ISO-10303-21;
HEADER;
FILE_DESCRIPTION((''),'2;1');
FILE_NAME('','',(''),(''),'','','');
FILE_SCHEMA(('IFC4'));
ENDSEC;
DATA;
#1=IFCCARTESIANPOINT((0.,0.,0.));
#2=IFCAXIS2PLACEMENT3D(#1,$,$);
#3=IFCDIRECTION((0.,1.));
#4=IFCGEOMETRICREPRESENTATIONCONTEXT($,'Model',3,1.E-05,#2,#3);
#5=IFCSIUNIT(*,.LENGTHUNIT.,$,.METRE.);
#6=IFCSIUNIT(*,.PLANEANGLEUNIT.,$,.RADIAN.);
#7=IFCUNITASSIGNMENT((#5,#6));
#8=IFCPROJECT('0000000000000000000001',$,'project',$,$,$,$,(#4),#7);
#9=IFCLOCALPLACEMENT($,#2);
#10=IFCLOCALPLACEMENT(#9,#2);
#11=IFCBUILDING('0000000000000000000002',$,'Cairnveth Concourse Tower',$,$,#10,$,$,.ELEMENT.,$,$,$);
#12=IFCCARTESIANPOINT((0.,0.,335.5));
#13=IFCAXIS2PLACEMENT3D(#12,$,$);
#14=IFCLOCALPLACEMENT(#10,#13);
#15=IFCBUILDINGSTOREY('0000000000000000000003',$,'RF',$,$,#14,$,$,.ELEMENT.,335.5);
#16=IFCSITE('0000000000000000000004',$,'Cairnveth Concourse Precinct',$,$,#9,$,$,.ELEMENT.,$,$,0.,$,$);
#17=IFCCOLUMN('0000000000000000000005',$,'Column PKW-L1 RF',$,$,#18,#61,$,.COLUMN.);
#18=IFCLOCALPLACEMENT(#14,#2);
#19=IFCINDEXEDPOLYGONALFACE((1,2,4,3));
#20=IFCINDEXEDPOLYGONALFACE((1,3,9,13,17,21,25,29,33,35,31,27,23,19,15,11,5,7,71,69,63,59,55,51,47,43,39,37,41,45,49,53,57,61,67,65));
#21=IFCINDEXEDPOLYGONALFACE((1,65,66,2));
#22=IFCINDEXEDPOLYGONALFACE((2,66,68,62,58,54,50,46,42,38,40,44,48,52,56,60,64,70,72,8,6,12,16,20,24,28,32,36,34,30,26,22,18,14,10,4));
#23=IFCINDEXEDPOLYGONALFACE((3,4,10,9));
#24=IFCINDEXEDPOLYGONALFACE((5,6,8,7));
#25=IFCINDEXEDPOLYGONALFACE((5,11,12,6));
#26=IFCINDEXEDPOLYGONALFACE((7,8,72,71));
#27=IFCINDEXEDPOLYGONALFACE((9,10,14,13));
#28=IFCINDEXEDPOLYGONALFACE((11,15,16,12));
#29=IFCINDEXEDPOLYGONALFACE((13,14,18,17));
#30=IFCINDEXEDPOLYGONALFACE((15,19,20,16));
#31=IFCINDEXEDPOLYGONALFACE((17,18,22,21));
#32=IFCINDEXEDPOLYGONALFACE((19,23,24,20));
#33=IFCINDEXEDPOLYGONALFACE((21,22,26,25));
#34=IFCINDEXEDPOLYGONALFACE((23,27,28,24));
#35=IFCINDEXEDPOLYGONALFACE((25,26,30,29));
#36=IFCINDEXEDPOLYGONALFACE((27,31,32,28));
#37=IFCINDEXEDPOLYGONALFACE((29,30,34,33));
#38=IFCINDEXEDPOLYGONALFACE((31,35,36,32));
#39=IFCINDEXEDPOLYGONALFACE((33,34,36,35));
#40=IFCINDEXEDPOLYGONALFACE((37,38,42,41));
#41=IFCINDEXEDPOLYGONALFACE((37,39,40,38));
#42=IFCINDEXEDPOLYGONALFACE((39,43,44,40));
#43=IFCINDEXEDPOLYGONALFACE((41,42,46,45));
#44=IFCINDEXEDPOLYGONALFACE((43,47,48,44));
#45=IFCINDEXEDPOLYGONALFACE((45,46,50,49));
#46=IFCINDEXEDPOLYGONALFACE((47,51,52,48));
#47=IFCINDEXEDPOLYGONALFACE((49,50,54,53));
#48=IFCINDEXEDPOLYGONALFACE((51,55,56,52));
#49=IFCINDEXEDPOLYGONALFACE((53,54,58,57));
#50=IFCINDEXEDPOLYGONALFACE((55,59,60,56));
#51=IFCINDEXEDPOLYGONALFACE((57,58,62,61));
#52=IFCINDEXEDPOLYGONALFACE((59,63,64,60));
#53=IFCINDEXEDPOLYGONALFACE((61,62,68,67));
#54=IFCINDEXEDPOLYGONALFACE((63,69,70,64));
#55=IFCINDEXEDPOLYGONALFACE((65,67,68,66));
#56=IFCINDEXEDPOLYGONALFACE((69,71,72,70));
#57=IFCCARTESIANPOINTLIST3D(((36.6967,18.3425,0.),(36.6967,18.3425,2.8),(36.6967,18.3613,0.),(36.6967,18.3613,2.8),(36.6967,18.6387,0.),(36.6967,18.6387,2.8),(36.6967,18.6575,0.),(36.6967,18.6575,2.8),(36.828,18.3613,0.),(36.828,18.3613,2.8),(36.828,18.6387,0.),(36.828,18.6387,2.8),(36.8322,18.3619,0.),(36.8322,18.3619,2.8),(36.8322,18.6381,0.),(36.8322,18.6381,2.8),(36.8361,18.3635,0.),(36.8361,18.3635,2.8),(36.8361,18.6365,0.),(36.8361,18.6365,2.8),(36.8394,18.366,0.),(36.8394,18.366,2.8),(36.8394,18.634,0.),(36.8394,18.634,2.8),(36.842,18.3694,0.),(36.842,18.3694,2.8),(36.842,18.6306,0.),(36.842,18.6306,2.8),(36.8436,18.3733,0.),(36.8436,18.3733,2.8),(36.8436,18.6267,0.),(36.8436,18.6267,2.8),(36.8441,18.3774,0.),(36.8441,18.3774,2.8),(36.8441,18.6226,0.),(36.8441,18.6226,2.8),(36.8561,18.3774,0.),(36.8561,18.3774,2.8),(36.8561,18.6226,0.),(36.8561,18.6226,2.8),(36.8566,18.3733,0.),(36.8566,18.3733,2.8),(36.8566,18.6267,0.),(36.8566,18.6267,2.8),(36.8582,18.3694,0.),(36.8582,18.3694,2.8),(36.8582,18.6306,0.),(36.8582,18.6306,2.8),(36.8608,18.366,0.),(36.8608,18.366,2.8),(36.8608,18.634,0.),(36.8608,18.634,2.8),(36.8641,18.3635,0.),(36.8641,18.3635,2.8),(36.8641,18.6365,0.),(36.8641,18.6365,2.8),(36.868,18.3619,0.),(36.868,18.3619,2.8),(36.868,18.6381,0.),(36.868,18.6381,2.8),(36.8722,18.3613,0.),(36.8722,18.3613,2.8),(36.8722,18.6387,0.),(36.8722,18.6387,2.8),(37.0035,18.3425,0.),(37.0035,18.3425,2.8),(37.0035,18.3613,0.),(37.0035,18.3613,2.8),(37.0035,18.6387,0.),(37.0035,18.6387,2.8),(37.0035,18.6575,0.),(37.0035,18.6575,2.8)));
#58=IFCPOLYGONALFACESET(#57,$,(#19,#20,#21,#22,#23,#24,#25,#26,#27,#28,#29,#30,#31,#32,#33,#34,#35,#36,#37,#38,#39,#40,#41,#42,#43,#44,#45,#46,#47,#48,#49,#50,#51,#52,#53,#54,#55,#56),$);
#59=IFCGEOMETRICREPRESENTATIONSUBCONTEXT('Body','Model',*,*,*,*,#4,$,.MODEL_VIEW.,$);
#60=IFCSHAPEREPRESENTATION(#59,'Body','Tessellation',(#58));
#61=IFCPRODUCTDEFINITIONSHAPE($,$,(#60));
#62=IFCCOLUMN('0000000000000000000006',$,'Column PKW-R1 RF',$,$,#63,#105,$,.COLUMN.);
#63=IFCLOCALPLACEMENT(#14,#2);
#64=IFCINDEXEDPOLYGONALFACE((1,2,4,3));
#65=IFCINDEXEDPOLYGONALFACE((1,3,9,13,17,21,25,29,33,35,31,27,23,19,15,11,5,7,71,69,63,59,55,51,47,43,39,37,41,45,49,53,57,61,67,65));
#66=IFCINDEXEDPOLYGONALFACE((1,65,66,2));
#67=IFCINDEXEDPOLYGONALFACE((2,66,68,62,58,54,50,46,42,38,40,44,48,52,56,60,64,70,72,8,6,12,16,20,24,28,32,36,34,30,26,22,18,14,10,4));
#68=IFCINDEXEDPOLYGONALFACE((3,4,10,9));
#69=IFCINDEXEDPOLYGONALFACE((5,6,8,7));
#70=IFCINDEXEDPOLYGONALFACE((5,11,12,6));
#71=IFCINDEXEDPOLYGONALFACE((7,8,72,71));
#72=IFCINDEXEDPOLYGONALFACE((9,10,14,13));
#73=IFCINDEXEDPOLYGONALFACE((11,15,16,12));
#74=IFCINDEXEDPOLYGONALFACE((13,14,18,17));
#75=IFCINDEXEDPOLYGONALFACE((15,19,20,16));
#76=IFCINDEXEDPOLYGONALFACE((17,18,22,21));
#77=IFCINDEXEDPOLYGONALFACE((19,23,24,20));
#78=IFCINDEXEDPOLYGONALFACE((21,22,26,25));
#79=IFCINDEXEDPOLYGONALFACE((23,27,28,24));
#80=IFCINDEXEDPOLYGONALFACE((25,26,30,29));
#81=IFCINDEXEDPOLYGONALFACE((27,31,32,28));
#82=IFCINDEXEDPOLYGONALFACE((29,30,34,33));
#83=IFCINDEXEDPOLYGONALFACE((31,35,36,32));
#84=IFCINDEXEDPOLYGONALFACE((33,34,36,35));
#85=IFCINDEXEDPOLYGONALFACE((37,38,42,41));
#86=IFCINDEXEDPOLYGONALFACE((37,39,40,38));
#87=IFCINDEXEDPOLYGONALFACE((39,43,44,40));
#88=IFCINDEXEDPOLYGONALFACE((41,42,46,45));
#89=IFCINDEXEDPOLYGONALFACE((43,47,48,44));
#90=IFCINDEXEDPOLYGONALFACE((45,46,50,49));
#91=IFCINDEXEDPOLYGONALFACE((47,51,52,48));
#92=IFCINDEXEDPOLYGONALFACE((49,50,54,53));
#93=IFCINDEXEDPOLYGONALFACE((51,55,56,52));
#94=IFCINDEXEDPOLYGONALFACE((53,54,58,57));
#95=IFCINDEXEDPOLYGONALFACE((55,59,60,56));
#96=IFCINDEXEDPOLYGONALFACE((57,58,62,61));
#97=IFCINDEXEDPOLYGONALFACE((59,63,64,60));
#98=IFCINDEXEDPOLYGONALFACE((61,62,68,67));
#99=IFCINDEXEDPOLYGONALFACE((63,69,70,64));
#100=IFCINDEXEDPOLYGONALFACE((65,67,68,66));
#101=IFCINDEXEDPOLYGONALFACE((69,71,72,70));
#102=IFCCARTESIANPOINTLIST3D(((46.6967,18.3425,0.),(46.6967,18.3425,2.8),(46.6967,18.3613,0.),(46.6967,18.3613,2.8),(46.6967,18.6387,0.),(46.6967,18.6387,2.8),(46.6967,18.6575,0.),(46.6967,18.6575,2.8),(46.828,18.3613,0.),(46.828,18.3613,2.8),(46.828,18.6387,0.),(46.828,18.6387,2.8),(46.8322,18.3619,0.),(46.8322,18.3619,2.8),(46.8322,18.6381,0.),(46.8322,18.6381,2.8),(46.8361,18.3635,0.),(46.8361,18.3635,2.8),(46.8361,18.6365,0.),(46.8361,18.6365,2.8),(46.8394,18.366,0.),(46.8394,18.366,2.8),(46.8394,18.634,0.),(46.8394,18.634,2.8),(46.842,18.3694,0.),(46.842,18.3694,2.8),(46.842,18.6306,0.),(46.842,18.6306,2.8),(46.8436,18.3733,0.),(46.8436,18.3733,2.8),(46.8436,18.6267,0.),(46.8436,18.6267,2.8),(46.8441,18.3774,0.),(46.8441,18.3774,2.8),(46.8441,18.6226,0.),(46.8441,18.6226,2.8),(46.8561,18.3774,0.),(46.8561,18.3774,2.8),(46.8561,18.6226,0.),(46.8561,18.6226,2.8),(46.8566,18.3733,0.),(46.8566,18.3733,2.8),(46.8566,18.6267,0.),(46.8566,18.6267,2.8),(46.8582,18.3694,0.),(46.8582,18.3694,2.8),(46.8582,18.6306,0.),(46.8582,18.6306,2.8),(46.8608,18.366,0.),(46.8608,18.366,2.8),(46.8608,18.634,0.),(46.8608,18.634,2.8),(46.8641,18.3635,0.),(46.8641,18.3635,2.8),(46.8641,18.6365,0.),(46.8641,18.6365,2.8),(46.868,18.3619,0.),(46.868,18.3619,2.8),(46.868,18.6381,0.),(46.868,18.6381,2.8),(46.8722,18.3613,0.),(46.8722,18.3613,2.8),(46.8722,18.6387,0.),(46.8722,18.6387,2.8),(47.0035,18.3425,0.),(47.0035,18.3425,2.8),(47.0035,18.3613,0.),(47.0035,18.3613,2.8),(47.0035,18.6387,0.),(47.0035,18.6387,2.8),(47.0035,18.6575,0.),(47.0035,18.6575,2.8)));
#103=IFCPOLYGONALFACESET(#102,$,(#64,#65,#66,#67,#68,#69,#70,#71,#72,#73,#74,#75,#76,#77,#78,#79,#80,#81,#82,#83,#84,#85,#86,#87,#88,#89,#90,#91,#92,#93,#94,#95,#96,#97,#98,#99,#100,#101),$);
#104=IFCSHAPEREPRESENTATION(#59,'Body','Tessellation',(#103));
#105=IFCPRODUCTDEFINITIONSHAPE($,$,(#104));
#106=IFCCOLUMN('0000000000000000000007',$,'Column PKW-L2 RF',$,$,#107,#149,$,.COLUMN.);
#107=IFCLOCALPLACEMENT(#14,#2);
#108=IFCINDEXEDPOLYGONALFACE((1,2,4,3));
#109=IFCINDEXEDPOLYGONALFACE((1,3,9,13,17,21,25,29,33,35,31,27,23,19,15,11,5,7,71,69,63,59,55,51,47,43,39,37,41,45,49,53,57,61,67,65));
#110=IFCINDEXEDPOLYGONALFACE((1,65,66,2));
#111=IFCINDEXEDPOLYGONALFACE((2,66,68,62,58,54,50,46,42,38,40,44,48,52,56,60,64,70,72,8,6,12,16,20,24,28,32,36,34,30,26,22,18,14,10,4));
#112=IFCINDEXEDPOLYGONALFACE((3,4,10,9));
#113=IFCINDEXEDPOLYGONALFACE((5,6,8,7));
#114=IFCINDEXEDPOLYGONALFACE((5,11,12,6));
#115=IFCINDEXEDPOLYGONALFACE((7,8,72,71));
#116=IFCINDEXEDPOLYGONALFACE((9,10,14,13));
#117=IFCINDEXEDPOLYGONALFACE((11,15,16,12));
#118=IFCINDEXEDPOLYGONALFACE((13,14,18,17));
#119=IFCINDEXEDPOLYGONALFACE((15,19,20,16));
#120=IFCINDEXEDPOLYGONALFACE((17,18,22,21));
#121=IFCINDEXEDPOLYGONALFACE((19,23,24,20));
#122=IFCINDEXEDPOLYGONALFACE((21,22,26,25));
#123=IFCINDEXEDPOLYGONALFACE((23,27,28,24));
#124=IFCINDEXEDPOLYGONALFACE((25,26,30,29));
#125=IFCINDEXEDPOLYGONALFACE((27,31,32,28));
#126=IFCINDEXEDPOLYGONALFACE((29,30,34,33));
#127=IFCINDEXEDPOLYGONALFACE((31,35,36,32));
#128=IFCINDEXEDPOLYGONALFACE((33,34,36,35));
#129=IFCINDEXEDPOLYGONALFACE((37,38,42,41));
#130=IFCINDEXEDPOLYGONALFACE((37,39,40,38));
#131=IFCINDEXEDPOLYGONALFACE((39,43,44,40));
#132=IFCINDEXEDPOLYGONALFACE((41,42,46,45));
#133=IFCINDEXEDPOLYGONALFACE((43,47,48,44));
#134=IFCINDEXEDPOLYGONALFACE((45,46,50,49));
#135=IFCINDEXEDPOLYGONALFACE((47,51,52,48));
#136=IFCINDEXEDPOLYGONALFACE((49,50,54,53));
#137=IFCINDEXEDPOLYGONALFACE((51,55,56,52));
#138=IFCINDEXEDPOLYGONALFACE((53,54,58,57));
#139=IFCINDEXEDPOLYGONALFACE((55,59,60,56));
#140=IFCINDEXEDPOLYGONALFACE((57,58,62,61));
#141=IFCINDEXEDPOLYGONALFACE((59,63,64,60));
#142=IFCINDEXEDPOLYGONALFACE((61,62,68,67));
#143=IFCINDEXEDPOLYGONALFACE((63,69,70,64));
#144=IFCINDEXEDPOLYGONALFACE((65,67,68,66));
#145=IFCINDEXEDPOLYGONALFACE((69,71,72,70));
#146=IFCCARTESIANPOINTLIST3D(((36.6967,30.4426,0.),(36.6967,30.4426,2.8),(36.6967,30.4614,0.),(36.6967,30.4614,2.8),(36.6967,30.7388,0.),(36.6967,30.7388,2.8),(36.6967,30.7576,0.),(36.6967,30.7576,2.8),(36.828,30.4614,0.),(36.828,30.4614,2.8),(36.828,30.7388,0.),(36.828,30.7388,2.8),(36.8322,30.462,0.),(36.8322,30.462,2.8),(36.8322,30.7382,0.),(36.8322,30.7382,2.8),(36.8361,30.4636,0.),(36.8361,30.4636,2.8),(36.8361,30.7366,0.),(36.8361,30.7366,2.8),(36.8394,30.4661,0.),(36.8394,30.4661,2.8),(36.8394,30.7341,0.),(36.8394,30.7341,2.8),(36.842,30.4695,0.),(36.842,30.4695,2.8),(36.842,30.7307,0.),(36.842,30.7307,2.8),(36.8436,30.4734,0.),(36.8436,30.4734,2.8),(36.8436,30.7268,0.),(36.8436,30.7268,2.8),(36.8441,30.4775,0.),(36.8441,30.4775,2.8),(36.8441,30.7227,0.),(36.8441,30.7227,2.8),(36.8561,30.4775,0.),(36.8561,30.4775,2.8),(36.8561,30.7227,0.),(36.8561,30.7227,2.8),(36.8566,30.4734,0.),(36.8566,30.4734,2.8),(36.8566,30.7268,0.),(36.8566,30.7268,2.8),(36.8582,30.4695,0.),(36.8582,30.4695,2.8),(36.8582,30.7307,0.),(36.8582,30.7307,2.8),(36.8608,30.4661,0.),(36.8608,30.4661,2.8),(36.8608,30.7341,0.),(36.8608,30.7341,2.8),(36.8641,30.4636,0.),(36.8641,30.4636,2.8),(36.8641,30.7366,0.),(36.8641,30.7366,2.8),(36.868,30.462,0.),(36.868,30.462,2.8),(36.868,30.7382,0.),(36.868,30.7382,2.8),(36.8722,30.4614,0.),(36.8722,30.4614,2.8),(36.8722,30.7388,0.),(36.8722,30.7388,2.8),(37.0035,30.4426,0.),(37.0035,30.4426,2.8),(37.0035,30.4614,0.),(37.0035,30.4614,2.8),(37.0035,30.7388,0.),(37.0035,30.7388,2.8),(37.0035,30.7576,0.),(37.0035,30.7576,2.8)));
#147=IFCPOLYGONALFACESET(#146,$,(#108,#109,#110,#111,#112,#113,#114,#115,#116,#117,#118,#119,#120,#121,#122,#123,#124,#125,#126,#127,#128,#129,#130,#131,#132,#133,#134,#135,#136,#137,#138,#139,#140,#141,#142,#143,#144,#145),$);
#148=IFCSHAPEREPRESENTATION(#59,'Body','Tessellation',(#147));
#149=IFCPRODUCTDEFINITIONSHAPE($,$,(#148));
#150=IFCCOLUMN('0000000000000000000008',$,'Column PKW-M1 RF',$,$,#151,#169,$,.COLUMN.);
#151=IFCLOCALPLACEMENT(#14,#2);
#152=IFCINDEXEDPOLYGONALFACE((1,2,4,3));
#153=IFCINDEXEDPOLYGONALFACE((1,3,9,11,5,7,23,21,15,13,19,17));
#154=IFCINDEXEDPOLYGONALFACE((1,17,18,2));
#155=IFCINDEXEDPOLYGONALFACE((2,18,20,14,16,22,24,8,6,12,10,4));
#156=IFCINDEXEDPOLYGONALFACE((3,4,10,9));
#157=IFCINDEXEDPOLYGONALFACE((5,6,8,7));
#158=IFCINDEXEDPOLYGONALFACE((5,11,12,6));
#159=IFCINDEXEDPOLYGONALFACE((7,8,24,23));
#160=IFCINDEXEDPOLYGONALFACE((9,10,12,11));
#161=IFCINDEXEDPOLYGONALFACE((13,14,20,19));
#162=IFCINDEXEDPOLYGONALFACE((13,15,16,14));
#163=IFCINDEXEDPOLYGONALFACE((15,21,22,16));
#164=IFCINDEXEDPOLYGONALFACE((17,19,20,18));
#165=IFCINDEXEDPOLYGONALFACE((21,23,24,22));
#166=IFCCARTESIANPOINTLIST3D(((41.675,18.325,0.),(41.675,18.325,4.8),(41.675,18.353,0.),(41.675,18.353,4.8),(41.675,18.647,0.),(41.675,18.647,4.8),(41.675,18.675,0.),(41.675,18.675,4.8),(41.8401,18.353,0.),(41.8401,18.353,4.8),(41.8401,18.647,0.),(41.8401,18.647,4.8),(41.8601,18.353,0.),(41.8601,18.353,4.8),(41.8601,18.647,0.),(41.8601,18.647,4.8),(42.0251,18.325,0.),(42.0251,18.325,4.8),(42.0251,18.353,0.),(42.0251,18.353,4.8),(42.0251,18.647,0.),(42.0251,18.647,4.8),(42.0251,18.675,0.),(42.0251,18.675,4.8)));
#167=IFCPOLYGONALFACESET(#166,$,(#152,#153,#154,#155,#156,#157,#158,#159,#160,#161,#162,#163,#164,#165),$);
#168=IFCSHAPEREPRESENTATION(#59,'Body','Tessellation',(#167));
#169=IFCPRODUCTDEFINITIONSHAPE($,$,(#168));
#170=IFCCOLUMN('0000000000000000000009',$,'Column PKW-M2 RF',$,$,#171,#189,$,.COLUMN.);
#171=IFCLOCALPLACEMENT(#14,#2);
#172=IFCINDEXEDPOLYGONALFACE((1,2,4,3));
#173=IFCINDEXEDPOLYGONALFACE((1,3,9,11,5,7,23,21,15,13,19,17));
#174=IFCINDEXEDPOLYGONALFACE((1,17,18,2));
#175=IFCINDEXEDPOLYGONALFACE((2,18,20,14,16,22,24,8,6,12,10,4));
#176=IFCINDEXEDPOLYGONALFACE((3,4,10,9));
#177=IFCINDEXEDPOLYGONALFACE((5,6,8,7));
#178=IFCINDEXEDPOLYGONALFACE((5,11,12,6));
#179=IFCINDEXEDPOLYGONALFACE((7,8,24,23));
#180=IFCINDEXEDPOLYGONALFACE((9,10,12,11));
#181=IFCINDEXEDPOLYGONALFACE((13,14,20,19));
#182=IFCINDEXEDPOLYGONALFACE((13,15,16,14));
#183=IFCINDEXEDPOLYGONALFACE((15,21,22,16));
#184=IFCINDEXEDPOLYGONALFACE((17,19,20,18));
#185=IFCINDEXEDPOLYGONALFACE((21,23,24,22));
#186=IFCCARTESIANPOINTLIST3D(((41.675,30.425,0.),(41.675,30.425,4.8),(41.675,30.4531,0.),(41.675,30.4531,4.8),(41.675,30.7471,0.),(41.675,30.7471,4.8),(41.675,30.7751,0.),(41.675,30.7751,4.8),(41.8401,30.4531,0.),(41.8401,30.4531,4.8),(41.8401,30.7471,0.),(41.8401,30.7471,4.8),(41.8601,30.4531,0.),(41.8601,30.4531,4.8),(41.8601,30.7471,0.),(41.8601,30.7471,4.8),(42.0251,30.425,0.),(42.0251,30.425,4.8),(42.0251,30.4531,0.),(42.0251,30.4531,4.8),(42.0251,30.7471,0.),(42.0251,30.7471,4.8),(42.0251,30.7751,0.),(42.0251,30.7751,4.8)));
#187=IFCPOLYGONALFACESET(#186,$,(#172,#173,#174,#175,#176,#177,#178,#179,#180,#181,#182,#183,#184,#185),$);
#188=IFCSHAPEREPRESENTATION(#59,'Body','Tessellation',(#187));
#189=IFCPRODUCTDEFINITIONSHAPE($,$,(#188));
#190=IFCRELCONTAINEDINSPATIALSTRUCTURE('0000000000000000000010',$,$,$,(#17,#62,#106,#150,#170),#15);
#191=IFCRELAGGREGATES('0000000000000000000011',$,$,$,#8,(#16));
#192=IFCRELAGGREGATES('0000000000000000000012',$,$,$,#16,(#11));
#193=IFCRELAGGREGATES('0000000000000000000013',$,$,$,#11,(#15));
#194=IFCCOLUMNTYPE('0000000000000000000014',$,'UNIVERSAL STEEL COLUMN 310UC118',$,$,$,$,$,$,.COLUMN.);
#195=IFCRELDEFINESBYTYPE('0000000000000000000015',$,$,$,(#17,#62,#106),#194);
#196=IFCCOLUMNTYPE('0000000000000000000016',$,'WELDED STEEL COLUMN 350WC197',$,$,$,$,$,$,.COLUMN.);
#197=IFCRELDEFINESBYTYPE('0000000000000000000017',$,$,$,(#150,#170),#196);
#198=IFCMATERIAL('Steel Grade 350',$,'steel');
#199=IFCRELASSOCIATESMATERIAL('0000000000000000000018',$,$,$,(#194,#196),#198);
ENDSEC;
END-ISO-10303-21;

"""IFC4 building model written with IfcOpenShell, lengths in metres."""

from ifc_helpers import new_model, si_unit, direction, frame, origin, origin_2d, place, context, subcontext, project, spatial, i_section, extrude, material, material_profile, profile_set, type_object, element, save


model = new_model("IFC4")

# Units and contexts
model_context = context("Model", 3, precision=1e-05, world=origin(), true_north=direction((0.0, 1.0)))
body_context = subcontext(model_context, "Body", "Model", "MODEL_VIEW")
ifc_project = project(units=[si_unit("LENGTHUNIT", "METRE"), si_unit("PLANEANGLEUNIT", "RADIAN")], contexts=[model_context])

# Site, building, storey
site_placement = place(None, origin())
site = spatial("IfcSite", under=ifc_project, at=site_placement, Name="Cairnveth Concourse Precinct", CompositionType="ELEMENT", RefElevation=0.0)
building_placement = place(site_placement, origin())
building = spatial("IfcBuilding", under=site, at=building_placement, Name="Cairnveth Concourse Tower", CompositionType="ELEMENT")
storey_placement = place(building_placement, frame((0.0, 0.0, 335.5)))
storey = spatial("IfcBuildingStorey", under=building, at=storey_placement, Name="RF", CompositionType="ELEMENT", Elevation=335.5)

# Columns
ifc_material_1 = material(Name="Steel Grade 350", Category="steel")
ifc_material_profile_1 = material_profile(ifc_material_1, i_section(OverallWidth=0.3069, OverallDepth=0.3149, WebThickness=0.012, FlangeThickness=0.0188, FilletRadius=0.0161, at=origin_2d()), Name="310UC118")
ifc_profile_set_1 = profile_set([ifc_material_profile_1], Name="Steel Grade 350")
column_type_1 = type_object("IfcColumnType", Name="UNIVERSAL STEEL COLUMN 310UC118", PredefinedType="COLUMN", material=ifc_profile_set_1)
for number, where, z_axis, x_axis, name in (
    (1, (36.8501, 18.5, 0.0), (0.0, 0.0, 1.0), (1.0, 0.0, 0.0), "Column PKW-L1 RF"),
    (2, (46.8501, 18.5, 0.0), (0.0, 0.0, 1.0), (1.0, 0.0, 0.0), "Column PKW-R1 RF"),
    (3, (36.8501, 30.6001, 0.0), (0.0, 0.0, 1.0), (1.0, 0.0, 0.0), "Column PKW-L2 RF"),
):
    element("IfcColumn", number, at=place(storey_placement, frame(where, z_axis=z_axis, x_axis=x_axis)), inside=storey, type_object=column_type_1, Name=name, PredefinedType="COLUMN", context=body_context, shape_type="SweptSolid", body=[
        extrude(i_section(OverallWidth=0.3069, OverallDepth=0.3149, WebThickness=0.012, FlangeThickness=0.0188, FilletRadius=0.0161, at=origin_2d()), origin(), (0.0, 0.0, 1.0), 2.8),
    ])
ifc_material_profile_2 = material_profile(ifc_material_1, i_section(OverallWidth=0.3501, OverallDepth=0.3501, WebThickness=0.02, FlangeThickness=0.0281, at=origin_2d()), Name="350WC197")
ifc_profile_set_2 = profile_set([ifc_material_profile_2], Name="Steel Grade 350")
column_type_2 = type_object("IfcColumnType", Name="WELDED STEEL COLUMN 350WC197", PredefinedType="COLUMN", material=ifc_profile_set_2)
for number, where, z_axis, x_axis, name in (
    (4, (41.8501, 18.5, 0.0), (0.0, 0.0, 1.0), (1.0, 0.0, 0.0), "Column PKW-M1 RF"),
    (5, (41.8501, 30.6001, 0.0), (0.0, 0.0, 1.0), (1.0, 0.0, 0.0), "Column PKW-M2 RF"),
):
    element("IfcColumn", number, at=place(storey_placement, frame(where, z_axis=z_axis, x_axis=x_axis)), inside=storey, type_object=column_type_2, Name=name, PredefinedType="COLUMN", context=body_context, shape_type="SweptSolid", body=[
        extrude(i_section(OverallWidth=0.3501, OverallDepth=0.3501, WebThickness=0.02, FlangeThickness=0.0281, at=origin_2d()), origin(), (0.0, 0.0, 1.0), 4.8),
    ])

save(model, "model.ifc")
